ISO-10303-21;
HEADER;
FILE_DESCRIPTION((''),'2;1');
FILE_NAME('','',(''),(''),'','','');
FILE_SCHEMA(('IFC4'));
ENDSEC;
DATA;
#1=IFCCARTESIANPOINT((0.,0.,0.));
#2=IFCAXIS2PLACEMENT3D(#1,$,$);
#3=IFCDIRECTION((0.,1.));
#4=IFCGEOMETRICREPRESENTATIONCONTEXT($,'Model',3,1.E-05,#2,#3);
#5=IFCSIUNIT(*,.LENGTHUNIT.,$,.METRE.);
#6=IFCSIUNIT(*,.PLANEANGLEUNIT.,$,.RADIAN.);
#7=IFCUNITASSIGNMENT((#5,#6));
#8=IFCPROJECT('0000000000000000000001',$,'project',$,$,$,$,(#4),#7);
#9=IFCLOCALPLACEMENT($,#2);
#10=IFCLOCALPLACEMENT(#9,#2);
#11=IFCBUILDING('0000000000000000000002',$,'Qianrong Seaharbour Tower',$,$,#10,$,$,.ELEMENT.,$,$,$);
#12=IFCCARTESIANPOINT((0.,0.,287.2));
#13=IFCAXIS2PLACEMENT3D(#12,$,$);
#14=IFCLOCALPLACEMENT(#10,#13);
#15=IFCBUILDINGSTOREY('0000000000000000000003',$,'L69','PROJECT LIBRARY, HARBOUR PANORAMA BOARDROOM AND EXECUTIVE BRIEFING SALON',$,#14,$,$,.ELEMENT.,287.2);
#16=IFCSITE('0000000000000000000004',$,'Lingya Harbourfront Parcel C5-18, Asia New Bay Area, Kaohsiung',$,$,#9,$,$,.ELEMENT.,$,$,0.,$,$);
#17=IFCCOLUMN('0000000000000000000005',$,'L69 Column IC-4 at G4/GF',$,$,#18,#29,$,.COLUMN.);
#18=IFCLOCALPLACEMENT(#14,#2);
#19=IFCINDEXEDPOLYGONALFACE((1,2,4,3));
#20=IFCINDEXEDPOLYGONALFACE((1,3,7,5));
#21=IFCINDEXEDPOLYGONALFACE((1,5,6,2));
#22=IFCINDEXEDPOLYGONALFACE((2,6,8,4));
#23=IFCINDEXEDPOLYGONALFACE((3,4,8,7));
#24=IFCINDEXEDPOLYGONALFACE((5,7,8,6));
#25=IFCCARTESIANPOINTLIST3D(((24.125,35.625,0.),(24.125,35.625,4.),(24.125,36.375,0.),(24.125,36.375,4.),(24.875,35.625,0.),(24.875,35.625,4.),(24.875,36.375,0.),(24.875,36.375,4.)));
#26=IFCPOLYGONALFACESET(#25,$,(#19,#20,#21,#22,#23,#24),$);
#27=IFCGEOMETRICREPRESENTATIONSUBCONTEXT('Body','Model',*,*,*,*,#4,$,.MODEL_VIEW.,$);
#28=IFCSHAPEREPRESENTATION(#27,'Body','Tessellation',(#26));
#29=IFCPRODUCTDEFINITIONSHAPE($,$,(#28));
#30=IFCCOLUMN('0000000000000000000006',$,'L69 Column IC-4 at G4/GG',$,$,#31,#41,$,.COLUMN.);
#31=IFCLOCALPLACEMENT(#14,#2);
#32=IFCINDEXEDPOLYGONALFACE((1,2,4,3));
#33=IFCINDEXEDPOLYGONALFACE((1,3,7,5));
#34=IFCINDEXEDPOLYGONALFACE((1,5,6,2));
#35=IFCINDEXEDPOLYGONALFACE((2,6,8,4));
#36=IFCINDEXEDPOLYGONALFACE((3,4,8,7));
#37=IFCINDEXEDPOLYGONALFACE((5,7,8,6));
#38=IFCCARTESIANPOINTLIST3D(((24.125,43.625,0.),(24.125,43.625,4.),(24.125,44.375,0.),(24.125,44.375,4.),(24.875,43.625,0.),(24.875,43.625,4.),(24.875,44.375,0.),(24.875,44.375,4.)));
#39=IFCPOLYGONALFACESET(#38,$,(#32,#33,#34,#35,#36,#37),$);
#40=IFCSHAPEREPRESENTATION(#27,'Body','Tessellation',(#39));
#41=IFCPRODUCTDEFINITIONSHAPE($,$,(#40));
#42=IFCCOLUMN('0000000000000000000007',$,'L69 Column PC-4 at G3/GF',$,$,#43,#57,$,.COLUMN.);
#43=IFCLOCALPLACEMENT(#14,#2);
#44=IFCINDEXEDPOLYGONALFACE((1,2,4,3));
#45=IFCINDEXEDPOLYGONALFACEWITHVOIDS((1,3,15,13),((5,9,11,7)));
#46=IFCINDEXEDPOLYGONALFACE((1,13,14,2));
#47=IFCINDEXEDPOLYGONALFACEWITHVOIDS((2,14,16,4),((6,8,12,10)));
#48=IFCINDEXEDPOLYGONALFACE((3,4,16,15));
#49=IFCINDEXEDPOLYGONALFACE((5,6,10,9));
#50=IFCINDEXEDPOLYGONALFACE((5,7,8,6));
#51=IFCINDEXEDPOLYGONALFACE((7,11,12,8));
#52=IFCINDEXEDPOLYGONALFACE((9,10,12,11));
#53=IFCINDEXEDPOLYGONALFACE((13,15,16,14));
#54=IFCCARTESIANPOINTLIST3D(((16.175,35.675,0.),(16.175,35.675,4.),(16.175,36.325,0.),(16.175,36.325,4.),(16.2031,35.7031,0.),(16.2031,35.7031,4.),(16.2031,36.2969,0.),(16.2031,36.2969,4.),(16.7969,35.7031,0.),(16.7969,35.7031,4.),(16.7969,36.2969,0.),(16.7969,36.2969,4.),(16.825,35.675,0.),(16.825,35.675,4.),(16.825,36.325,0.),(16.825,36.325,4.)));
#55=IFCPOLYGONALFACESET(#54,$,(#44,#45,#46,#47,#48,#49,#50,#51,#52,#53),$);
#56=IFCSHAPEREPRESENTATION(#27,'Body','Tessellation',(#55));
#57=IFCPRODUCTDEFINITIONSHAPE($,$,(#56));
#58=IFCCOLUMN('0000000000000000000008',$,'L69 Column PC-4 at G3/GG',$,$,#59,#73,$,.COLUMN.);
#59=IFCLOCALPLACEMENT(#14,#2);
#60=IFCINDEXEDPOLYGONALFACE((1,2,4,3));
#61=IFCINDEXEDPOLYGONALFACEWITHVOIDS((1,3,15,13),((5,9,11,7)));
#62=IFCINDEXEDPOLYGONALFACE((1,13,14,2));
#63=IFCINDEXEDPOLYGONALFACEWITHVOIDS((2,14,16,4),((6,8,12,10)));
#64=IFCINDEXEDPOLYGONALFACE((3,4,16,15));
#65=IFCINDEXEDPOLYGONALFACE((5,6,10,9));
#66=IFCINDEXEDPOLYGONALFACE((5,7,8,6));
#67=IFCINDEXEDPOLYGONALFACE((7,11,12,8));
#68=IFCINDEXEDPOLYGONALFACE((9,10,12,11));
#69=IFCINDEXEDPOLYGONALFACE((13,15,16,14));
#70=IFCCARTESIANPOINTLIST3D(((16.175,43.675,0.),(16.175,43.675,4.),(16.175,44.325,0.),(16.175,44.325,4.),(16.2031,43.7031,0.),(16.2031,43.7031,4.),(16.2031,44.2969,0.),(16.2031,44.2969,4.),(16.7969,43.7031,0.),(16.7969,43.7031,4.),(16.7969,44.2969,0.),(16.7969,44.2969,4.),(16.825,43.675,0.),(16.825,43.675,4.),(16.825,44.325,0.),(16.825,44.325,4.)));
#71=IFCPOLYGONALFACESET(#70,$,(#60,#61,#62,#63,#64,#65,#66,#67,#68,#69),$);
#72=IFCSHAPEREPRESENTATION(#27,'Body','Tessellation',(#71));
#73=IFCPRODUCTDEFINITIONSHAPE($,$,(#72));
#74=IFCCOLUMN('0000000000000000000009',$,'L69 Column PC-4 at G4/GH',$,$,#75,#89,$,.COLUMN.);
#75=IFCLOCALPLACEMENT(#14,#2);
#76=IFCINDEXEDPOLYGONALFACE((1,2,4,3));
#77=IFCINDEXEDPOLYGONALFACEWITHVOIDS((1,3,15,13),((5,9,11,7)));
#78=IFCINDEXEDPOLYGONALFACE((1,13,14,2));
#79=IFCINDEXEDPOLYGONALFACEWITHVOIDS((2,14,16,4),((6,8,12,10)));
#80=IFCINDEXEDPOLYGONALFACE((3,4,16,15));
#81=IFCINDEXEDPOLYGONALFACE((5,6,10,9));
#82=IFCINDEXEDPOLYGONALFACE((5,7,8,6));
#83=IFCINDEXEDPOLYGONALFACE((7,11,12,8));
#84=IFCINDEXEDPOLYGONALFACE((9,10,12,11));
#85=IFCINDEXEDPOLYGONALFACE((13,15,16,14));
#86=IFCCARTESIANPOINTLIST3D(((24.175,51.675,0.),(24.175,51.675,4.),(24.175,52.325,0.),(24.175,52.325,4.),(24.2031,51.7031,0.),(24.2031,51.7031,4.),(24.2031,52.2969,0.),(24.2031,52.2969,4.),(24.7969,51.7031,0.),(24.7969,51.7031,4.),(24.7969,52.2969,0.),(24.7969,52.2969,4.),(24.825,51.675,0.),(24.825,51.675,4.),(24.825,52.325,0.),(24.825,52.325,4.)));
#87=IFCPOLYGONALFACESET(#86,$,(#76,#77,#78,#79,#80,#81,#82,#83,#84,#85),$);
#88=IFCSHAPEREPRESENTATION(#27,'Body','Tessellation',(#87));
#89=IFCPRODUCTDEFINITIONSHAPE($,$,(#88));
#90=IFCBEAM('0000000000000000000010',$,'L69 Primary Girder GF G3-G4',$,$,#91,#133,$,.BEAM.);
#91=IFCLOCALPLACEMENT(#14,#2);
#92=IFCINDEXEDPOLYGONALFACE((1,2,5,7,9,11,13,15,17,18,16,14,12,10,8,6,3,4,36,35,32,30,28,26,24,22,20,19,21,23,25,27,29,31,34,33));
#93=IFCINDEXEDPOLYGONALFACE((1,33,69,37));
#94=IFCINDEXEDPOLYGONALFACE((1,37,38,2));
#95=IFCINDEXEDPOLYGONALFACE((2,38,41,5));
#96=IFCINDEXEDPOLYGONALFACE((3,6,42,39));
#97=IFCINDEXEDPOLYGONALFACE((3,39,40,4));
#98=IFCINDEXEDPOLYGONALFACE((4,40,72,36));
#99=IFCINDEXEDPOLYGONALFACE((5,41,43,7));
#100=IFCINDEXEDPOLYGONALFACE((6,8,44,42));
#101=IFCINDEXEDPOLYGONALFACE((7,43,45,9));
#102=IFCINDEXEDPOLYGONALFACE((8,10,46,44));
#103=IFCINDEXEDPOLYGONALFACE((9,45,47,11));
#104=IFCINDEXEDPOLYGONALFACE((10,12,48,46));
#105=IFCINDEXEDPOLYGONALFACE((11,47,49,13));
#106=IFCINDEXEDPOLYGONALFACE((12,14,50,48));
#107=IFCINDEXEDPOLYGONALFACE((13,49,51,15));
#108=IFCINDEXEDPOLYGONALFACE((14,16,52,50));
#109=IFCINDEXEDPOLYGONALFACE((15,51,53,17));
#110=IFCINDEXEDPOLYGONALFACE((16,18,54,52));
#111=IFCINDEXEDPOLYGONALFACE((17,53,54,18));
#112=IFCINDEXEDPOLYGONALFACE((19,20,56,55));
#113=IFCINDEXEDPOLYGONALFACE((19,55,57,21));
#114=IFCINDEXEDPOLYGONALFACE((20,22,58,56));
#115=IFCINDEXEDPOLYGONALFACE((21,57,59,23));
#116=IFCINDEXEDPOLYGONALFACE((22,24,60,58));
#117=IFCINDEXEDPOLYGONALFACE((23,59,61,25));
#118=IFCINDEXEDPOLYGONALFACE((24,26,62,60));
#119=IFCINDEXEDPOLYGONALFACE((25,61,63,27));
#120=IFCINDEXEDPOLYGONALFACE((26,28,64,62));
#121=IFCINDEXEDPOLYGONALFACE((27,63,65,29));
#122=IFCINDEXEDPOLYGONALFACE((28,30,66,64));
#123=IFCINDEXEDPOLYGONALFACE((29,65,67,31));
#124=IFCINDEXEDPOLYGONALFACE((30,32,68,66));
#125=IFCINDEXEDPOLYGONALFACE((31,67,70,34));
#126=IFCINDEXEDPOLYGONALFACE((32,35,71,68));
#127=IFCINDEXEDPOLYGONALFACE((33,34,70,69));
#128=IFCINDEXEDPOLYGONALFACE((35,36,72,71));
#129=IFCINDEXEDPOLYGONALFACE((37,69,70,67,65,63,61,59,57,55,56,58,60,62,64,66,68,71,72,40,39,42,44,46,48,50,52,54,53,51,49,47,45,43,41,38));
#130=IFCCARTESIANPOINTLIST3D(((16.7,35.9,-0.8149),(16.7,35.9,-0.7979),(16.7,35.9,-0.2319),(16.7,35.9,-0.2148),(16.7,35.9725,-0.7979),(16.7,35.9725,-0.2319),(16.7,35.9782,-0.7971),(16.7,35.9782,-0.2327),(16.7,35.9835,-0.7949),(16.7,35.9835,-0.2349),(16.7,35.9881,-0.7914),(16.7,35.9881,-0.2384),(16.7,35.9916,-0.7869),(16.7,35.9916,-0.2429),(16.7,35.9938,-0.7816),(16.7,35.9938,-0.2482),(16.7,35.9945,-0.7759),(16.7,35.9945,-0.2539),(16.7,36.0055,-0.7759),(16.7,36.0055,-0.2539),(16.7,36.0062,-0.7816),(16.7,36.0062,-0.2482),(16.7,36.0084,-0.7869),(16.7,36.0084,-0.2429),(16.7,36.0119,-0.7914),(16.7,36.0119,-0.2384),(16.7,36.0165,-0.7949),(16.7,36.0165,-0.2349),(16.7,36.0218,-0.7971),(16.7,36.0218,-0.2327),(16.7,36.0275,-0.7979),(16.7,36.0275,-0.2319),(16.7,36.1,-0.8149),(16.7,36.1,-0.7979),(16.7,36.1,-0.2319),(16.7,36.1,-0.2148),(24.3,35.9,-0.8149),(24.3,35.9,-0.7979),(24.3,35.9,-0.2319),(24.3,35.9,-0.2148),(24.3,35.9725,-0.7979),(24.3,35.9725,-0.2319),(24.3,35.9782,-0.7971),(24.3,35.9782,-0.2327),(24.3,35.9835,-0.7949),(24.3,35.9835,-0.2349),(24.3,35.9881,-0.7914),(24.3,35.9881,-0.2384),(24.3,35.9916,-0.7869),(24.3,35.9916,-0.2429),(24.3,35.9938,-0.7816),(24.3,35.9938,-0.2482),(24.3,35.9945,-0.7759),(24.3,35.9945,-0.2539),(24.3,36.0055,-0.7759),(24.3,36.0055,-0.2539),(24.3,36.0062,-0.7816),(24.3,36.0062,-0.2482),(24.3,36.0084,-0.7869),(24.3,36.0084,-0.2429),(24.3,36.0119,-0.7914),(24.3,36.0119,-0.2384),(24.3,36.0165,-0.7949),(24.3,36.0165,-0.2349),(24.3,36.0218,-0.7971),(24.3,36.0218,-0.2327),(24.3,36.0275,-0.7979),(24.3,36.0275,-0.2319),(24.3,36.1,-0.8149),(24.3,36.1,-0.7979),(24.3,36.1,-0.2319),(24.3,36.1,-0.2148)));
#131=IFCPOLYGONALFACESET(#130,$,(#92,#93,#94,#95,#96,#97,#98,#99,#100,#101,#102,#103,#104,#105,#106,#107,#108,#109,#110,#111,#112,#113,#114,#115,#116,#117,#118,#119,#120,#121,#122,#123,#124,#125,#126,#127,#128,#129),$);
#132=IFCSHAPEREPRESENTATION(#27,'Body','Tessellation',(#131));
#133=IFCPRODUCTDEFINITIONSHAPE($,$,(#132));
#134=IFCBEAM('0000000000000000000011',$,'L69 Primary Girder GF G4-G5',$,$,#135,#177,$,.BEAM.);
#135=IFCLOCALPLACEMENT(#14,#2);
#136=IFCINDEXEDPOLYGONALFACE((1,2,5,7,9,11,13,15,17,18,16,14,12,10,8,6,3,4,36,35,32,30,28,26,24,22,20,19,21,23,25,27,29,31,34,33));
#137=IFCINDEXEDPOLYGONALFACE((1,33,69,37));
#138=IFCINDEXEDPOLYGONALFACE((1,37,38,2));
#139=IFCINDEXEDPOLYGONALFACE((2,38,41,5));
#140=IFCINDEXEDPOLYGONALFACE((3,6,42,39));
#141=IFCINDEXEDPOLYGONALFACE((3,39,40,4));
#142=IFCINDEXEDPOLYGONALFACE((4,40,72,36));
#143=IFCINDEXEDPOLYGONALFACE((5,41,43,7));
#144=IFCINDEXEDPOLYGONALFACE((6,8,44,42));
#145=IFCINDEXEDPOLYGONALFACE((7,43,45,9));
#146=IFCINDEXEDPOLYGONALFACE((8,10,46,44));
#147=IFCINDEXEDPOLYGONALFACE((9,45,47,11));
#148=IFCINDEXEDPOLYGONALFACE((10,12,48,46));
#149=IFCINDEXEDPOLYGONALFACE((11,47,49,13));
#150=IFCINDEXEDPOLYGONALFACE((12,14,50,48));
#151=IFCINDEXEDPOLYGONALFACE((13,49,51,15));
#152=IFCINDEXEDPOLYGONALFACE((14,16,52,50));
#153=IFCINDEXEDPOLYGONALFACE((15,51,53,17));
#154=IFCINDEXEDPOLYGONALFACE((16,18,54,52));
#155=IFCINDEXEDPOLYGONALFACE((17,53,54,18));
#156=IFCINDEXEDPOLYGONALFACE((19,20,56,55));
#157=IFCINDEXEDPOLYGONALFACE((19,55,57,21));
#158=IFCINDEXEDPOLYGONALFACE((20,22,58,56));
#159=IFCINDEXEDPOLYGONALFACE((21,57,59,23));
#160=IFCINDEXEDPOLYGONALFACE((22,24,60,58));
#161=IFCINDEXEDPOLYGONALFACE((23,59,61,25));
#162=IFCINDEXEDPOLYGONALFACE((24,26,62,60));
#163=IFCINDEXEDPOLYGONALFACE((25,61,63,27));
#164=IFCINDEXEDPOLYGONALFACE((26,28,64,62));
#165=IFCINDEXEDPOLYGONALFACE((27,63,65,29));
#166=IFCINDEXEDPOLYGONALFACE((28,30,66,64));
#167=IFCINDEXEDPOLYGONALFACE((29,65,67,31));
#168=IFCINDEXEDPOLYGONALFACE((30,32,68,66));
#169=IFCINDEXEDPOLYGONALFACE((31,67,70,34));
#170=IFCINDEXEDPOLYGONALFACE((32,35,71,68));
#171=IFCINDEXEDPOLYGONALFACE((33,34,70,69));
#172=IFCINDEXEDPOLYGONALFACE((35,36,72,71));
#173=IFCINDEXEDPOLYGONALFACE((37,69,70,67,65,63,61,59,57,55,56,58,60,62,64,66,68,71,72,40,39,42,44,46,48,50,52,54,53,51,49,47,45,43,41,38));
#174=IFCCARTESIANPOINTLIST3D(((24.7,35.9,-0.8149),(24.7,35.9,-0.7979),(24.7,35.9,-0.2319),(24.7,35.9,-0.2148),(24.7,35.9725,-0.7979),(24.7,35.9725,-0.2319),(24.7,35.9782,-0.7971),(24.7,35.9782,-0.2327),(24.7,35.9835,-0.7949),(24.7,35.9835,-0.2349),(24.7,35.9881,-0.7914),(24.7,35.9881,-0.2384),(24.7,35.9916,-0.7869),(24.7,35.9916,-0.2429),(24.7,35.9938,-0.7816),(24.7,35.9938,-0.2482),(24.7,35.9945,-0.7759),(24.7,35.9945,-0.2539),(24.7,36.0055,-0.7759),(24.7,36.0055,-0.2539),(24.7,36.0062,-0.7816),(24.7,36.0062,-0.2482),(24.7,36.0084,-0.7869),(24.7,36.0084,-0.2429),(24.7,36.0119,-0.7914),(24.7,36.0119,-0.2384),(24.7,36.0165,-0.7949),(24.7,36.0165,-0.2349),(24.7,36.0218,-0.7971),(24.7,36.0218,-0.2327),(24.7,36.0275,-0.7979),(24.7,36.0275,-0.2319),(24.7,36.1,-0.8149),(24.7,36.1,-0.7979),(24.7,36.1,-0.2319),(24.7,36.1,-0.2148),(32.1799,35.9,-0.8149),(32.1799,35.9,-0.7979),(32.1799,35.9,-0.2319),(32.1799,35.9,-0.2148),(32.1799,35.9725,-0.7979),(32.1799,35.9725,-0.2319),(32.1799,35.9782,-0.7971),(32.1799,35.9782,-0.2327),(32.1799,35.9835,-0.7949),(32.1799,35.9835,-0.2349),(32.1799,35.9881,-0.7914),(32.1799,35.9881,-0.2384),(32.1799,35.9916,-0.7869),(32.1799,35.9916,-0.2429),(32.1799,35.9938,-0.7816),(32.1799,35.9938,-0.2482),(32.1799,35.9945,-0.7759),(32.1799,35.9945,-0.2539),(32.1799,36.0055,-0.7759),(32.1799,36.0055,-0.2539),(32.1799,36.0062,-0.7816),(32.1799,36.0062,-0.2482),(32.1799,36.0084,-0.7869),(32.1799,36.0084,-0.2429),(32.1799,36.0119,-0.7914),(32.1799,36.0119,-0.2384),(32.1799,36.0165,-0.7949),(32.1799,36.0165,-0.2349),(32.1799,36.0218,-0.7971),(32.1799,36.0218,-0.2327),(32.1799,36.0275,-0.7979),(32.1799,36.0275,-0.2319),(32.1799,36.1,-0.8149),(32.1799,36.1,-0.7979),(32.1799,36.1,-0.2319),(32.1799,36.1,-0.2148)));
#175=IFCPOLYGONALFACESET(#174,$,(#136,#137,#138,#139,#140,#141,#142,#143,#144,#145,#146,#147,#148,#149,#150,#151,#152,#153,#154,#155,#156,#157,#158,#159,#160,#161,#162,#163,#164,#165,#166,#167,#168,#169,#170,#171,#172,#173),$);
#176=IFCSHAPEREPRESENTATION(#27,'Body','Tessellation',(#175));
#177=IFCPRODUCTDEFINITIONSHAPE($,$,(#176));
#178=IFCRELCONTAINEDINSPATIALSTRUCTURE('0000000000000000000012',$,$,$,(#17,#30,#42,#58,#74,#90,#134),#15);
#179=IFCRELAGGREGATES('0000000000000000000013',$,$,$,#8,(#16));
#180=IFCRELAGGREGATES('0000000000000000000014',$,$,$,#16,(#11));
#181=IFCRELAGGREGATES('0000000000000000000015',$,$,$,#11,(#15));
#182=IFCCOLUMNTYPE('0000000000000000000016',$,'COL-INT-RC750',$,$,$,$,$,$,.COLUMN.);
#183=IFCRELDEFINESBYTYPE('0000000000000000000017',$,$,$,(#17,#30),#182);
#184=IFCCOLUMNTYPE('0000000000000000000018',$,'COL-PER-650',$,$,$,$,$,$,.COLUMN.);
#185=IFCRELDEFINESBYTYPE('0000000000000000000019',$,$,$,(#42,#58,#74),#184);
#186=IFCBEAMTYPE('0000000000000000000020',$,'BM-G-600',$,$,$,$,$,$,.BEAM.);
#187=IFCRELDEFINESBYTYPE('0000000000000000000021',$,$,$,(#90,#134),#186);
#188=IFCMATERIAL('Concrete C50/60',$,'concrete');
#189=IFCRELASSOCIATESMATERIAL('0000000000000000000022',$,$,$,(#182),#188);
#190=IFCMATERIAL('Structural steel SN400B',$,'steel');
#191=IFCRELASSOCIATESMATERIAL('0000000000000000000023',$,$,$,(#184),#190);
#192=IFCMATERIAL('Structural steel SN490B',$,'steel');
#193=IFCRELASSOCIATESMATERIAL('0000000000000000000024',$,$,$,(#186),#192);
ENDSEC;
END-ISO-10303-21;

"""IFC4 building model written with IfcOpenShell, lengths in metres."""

from ifc_helpers import new_model, si_unit, direction, frame, origin, origin_2d, place, context, subcontext, project, spatial, rectangle, hollow_rectangle, i_section, extrude, material, material_profile, profile_set, type_object, element, save


model = new_model("IFC4")

# Units and contexts
model_context = context("Model", 3, precision=1e-05, world=origin(), true_north=direction((0.0, 1.0)))
body_context = subcontext(model_context, "Body", "Model", "MODEL_VIEW")
ifc_project = project(units=[si_unit("LENGTHUNIT", "METRE"), si_unit("PLANEANGLEUNIT", "RADIAN")], contexts=[model_context])

# Site, building, storey
site_placement = place(None, origin())
site = spatial("IfcSite", under=ifc_project, at=site_placement, Name="Lingya Harbourfront Parcel C5-18, Asia New Bay Area, Kaohsiung", CompositionType="ELEMENT", RefElevation=0.0)
building_placement = place(site_placement, origin())
building = spatial("IfcBuilding", under=site, at=building_placement, Name="Qianrong Seaharbour Tower", CompositionType="ELEMENT")
storey_placement = place(building_placement, frame((0.0, 0.0, 287.2)))
storey = spatial("IfcBuildingStorey", under=building, at=storey_placement, Name="L69", Description="PROJECT LIBRARY, HARBOUR PANORAMA BOARDROOM AND EXECUTIVE BRIEFING SALON", CompositionType="ELEMENT", Elevation=287.2)

# Columns
ifc_material_1 = material(Name="Concrete C50/60", Category="concrete")
ifc_material_profile_1 = material_profile(ifc_material_1, rectangle(XDim=0.75, YDim=0.75, at=origin_2d()), Name="RC750x750")
ifc_profile_set_1 = profile_set([ifc_material_profile_1], Name="Concrete C50/60")
column_type_1 = type_object("IfcColumnType", Name="COL-INT-RC750", PredefinedType="COLUMN", material=ifc_profile_set_1)
for number, where, z_axis, x_axis, name in (
    (1, (24.5, 36.0, 0.0), (0.0, 0.0, 1.0), (1.0, 0.0, 0.0), "L69 Column IC-4 at G4/GF"),
    (2, (24.5, 44.0, 0.0), (0.0, 0.0, 1.0), (1.0, 0.0, 0.0), "L69 Column IC-4 at G4/GG"),
):
    element("IfcColumn", number, at=place(storey_placement, frame(where, z_axis=z_axis, x_axis=x_axis)), inside=storey, type_object=column_type_1, Name=name, PredefinedType="COLUMN", context=body_context, shape_type="SweptSolid", body=[
        extrude(rectangle(XDim=0.75, YDim=0.75, at=origin_2d()), origin(), (0.0, 0.0, 1.0), 4.0),
    ])
ifc_material_2 = material(Name="Structural steel SN400B", Category="steel")
ifc_material_profile_2 = material_profile(ifc_material_2, hollow_rectangle(XDim=0.6499, YDim=0.6499, WallThickness=0.0281, at=origin_2d()), Name="BOX650x650x28")
ifc_profile_set_2 = profile_set([ifc_material_profile_2], Name="Structural steel SN400B")
column_type_2 = type_object("IfcColumnType", Name="COL-PER-650", PredefinedType="COLUMN", material=ifc_profile_set_2)
for number, where, z_axis, x_axis, name in (
    (3, (16.5, 36.0, 0.0), (0.0, 0.0, 1.0), (1.0, 0.0, 0.0), "L69 Column PC-4 at G3/GF"),
    (4, (16.5, 44.0, 0.0), (0.0, 0.0, 1.0), (1.0, 0.0, 0.0), "L69 Column PC-4 at G3/GG"),
    (5, (24.5, 52.0, 0.0), (0.0, 0.0, 1.0), (1.0, 0.0, 0.0), "L69 Column PC-4 at G4/GH"),
):
    element("IfcColumn", number, at=place(storey_placement, frame(where, z_axis=z_axis, x_axis=x_axis)), inside=storey, type_object=column_type_2, Name=name, PredefinedType="COLUMN", context=body_context, shape_type="SweptSolid", body=[
        extrude(hollow_rectangle(XDim=0.6499, YDim=0.6499, WallThickness=0.0281, at=origin_2d()), origin(), (0.0, 0.0, 1.0), 4.0),
    ])

# Beams
ifc_material_3 = material(Name="Structural steel SN490B", Category="steel")
ifc_material_profile_3 = material_profile(ifc_material_3, i_section(OverallWidth=0.2, OverallDepth=0.6001, WebThickness=0.011, FlangeThickness=0.0171, FilletRadius=0.022, at=origin_2d()), Name="H600x200x11x17")
ifc_profile_set_3 = profile_set([ifc_material_profile_3], Name="Structural steel SN490B")
beam_type_1 = type_object("IfcBeamType", Name="BM-G-600", PredefinedType="BEAM", material=ifc_profile_set_3)
beam_1_placement = place(storey_placement, frame((16.7, 36.0, -0.5149), z_axis=(1.0, 0.0, 0.0), x_axis=(0.0, 1.0, 0.0)))
element("IfcBeam", 6, at=beam_1_placement, inside=storey, type_object=beam_type_1, Name="L69 Primary Girder GF G3-G4", PredefinedType="BEAM", context=body_context, shape_type="SweptSolid", body=[
    extrude(i_section(OverallWidth=0.2, OverallDepth=0.6001, WebThickness=0.011, FlangeThickness=0.0171, FilletRadius=0.022, at=origin_2d()), origin(), (0.0, 0.0, 1.0), 7.6001),
])
beam_2_placement = place(storey_placement, frame((24.7, 36.0, -0.5149), z_axis=(1.0, 0.0, 0.0), x_axis=(0.0, 1.0, 0.0)))
element("IfcBeam", 7, at=beam_2_placement, inside=storey, type_object=beam_type_1, Name="L69 Primary Girder GF G4-G5", PredefinedType="BEAM", context=body_context, shape_type="SweptSolid", body=[
    extrude(i_section(OverallWidth=0.2, OverallDepth=0.6001, WebThickness=0.011, FlangeThickness=0.0171, FilletRadius=0.022, at=origin_2d()), origin(), (0.0, 0.0, 1.0), 7.48),
])

save(model, "model.ifc")
